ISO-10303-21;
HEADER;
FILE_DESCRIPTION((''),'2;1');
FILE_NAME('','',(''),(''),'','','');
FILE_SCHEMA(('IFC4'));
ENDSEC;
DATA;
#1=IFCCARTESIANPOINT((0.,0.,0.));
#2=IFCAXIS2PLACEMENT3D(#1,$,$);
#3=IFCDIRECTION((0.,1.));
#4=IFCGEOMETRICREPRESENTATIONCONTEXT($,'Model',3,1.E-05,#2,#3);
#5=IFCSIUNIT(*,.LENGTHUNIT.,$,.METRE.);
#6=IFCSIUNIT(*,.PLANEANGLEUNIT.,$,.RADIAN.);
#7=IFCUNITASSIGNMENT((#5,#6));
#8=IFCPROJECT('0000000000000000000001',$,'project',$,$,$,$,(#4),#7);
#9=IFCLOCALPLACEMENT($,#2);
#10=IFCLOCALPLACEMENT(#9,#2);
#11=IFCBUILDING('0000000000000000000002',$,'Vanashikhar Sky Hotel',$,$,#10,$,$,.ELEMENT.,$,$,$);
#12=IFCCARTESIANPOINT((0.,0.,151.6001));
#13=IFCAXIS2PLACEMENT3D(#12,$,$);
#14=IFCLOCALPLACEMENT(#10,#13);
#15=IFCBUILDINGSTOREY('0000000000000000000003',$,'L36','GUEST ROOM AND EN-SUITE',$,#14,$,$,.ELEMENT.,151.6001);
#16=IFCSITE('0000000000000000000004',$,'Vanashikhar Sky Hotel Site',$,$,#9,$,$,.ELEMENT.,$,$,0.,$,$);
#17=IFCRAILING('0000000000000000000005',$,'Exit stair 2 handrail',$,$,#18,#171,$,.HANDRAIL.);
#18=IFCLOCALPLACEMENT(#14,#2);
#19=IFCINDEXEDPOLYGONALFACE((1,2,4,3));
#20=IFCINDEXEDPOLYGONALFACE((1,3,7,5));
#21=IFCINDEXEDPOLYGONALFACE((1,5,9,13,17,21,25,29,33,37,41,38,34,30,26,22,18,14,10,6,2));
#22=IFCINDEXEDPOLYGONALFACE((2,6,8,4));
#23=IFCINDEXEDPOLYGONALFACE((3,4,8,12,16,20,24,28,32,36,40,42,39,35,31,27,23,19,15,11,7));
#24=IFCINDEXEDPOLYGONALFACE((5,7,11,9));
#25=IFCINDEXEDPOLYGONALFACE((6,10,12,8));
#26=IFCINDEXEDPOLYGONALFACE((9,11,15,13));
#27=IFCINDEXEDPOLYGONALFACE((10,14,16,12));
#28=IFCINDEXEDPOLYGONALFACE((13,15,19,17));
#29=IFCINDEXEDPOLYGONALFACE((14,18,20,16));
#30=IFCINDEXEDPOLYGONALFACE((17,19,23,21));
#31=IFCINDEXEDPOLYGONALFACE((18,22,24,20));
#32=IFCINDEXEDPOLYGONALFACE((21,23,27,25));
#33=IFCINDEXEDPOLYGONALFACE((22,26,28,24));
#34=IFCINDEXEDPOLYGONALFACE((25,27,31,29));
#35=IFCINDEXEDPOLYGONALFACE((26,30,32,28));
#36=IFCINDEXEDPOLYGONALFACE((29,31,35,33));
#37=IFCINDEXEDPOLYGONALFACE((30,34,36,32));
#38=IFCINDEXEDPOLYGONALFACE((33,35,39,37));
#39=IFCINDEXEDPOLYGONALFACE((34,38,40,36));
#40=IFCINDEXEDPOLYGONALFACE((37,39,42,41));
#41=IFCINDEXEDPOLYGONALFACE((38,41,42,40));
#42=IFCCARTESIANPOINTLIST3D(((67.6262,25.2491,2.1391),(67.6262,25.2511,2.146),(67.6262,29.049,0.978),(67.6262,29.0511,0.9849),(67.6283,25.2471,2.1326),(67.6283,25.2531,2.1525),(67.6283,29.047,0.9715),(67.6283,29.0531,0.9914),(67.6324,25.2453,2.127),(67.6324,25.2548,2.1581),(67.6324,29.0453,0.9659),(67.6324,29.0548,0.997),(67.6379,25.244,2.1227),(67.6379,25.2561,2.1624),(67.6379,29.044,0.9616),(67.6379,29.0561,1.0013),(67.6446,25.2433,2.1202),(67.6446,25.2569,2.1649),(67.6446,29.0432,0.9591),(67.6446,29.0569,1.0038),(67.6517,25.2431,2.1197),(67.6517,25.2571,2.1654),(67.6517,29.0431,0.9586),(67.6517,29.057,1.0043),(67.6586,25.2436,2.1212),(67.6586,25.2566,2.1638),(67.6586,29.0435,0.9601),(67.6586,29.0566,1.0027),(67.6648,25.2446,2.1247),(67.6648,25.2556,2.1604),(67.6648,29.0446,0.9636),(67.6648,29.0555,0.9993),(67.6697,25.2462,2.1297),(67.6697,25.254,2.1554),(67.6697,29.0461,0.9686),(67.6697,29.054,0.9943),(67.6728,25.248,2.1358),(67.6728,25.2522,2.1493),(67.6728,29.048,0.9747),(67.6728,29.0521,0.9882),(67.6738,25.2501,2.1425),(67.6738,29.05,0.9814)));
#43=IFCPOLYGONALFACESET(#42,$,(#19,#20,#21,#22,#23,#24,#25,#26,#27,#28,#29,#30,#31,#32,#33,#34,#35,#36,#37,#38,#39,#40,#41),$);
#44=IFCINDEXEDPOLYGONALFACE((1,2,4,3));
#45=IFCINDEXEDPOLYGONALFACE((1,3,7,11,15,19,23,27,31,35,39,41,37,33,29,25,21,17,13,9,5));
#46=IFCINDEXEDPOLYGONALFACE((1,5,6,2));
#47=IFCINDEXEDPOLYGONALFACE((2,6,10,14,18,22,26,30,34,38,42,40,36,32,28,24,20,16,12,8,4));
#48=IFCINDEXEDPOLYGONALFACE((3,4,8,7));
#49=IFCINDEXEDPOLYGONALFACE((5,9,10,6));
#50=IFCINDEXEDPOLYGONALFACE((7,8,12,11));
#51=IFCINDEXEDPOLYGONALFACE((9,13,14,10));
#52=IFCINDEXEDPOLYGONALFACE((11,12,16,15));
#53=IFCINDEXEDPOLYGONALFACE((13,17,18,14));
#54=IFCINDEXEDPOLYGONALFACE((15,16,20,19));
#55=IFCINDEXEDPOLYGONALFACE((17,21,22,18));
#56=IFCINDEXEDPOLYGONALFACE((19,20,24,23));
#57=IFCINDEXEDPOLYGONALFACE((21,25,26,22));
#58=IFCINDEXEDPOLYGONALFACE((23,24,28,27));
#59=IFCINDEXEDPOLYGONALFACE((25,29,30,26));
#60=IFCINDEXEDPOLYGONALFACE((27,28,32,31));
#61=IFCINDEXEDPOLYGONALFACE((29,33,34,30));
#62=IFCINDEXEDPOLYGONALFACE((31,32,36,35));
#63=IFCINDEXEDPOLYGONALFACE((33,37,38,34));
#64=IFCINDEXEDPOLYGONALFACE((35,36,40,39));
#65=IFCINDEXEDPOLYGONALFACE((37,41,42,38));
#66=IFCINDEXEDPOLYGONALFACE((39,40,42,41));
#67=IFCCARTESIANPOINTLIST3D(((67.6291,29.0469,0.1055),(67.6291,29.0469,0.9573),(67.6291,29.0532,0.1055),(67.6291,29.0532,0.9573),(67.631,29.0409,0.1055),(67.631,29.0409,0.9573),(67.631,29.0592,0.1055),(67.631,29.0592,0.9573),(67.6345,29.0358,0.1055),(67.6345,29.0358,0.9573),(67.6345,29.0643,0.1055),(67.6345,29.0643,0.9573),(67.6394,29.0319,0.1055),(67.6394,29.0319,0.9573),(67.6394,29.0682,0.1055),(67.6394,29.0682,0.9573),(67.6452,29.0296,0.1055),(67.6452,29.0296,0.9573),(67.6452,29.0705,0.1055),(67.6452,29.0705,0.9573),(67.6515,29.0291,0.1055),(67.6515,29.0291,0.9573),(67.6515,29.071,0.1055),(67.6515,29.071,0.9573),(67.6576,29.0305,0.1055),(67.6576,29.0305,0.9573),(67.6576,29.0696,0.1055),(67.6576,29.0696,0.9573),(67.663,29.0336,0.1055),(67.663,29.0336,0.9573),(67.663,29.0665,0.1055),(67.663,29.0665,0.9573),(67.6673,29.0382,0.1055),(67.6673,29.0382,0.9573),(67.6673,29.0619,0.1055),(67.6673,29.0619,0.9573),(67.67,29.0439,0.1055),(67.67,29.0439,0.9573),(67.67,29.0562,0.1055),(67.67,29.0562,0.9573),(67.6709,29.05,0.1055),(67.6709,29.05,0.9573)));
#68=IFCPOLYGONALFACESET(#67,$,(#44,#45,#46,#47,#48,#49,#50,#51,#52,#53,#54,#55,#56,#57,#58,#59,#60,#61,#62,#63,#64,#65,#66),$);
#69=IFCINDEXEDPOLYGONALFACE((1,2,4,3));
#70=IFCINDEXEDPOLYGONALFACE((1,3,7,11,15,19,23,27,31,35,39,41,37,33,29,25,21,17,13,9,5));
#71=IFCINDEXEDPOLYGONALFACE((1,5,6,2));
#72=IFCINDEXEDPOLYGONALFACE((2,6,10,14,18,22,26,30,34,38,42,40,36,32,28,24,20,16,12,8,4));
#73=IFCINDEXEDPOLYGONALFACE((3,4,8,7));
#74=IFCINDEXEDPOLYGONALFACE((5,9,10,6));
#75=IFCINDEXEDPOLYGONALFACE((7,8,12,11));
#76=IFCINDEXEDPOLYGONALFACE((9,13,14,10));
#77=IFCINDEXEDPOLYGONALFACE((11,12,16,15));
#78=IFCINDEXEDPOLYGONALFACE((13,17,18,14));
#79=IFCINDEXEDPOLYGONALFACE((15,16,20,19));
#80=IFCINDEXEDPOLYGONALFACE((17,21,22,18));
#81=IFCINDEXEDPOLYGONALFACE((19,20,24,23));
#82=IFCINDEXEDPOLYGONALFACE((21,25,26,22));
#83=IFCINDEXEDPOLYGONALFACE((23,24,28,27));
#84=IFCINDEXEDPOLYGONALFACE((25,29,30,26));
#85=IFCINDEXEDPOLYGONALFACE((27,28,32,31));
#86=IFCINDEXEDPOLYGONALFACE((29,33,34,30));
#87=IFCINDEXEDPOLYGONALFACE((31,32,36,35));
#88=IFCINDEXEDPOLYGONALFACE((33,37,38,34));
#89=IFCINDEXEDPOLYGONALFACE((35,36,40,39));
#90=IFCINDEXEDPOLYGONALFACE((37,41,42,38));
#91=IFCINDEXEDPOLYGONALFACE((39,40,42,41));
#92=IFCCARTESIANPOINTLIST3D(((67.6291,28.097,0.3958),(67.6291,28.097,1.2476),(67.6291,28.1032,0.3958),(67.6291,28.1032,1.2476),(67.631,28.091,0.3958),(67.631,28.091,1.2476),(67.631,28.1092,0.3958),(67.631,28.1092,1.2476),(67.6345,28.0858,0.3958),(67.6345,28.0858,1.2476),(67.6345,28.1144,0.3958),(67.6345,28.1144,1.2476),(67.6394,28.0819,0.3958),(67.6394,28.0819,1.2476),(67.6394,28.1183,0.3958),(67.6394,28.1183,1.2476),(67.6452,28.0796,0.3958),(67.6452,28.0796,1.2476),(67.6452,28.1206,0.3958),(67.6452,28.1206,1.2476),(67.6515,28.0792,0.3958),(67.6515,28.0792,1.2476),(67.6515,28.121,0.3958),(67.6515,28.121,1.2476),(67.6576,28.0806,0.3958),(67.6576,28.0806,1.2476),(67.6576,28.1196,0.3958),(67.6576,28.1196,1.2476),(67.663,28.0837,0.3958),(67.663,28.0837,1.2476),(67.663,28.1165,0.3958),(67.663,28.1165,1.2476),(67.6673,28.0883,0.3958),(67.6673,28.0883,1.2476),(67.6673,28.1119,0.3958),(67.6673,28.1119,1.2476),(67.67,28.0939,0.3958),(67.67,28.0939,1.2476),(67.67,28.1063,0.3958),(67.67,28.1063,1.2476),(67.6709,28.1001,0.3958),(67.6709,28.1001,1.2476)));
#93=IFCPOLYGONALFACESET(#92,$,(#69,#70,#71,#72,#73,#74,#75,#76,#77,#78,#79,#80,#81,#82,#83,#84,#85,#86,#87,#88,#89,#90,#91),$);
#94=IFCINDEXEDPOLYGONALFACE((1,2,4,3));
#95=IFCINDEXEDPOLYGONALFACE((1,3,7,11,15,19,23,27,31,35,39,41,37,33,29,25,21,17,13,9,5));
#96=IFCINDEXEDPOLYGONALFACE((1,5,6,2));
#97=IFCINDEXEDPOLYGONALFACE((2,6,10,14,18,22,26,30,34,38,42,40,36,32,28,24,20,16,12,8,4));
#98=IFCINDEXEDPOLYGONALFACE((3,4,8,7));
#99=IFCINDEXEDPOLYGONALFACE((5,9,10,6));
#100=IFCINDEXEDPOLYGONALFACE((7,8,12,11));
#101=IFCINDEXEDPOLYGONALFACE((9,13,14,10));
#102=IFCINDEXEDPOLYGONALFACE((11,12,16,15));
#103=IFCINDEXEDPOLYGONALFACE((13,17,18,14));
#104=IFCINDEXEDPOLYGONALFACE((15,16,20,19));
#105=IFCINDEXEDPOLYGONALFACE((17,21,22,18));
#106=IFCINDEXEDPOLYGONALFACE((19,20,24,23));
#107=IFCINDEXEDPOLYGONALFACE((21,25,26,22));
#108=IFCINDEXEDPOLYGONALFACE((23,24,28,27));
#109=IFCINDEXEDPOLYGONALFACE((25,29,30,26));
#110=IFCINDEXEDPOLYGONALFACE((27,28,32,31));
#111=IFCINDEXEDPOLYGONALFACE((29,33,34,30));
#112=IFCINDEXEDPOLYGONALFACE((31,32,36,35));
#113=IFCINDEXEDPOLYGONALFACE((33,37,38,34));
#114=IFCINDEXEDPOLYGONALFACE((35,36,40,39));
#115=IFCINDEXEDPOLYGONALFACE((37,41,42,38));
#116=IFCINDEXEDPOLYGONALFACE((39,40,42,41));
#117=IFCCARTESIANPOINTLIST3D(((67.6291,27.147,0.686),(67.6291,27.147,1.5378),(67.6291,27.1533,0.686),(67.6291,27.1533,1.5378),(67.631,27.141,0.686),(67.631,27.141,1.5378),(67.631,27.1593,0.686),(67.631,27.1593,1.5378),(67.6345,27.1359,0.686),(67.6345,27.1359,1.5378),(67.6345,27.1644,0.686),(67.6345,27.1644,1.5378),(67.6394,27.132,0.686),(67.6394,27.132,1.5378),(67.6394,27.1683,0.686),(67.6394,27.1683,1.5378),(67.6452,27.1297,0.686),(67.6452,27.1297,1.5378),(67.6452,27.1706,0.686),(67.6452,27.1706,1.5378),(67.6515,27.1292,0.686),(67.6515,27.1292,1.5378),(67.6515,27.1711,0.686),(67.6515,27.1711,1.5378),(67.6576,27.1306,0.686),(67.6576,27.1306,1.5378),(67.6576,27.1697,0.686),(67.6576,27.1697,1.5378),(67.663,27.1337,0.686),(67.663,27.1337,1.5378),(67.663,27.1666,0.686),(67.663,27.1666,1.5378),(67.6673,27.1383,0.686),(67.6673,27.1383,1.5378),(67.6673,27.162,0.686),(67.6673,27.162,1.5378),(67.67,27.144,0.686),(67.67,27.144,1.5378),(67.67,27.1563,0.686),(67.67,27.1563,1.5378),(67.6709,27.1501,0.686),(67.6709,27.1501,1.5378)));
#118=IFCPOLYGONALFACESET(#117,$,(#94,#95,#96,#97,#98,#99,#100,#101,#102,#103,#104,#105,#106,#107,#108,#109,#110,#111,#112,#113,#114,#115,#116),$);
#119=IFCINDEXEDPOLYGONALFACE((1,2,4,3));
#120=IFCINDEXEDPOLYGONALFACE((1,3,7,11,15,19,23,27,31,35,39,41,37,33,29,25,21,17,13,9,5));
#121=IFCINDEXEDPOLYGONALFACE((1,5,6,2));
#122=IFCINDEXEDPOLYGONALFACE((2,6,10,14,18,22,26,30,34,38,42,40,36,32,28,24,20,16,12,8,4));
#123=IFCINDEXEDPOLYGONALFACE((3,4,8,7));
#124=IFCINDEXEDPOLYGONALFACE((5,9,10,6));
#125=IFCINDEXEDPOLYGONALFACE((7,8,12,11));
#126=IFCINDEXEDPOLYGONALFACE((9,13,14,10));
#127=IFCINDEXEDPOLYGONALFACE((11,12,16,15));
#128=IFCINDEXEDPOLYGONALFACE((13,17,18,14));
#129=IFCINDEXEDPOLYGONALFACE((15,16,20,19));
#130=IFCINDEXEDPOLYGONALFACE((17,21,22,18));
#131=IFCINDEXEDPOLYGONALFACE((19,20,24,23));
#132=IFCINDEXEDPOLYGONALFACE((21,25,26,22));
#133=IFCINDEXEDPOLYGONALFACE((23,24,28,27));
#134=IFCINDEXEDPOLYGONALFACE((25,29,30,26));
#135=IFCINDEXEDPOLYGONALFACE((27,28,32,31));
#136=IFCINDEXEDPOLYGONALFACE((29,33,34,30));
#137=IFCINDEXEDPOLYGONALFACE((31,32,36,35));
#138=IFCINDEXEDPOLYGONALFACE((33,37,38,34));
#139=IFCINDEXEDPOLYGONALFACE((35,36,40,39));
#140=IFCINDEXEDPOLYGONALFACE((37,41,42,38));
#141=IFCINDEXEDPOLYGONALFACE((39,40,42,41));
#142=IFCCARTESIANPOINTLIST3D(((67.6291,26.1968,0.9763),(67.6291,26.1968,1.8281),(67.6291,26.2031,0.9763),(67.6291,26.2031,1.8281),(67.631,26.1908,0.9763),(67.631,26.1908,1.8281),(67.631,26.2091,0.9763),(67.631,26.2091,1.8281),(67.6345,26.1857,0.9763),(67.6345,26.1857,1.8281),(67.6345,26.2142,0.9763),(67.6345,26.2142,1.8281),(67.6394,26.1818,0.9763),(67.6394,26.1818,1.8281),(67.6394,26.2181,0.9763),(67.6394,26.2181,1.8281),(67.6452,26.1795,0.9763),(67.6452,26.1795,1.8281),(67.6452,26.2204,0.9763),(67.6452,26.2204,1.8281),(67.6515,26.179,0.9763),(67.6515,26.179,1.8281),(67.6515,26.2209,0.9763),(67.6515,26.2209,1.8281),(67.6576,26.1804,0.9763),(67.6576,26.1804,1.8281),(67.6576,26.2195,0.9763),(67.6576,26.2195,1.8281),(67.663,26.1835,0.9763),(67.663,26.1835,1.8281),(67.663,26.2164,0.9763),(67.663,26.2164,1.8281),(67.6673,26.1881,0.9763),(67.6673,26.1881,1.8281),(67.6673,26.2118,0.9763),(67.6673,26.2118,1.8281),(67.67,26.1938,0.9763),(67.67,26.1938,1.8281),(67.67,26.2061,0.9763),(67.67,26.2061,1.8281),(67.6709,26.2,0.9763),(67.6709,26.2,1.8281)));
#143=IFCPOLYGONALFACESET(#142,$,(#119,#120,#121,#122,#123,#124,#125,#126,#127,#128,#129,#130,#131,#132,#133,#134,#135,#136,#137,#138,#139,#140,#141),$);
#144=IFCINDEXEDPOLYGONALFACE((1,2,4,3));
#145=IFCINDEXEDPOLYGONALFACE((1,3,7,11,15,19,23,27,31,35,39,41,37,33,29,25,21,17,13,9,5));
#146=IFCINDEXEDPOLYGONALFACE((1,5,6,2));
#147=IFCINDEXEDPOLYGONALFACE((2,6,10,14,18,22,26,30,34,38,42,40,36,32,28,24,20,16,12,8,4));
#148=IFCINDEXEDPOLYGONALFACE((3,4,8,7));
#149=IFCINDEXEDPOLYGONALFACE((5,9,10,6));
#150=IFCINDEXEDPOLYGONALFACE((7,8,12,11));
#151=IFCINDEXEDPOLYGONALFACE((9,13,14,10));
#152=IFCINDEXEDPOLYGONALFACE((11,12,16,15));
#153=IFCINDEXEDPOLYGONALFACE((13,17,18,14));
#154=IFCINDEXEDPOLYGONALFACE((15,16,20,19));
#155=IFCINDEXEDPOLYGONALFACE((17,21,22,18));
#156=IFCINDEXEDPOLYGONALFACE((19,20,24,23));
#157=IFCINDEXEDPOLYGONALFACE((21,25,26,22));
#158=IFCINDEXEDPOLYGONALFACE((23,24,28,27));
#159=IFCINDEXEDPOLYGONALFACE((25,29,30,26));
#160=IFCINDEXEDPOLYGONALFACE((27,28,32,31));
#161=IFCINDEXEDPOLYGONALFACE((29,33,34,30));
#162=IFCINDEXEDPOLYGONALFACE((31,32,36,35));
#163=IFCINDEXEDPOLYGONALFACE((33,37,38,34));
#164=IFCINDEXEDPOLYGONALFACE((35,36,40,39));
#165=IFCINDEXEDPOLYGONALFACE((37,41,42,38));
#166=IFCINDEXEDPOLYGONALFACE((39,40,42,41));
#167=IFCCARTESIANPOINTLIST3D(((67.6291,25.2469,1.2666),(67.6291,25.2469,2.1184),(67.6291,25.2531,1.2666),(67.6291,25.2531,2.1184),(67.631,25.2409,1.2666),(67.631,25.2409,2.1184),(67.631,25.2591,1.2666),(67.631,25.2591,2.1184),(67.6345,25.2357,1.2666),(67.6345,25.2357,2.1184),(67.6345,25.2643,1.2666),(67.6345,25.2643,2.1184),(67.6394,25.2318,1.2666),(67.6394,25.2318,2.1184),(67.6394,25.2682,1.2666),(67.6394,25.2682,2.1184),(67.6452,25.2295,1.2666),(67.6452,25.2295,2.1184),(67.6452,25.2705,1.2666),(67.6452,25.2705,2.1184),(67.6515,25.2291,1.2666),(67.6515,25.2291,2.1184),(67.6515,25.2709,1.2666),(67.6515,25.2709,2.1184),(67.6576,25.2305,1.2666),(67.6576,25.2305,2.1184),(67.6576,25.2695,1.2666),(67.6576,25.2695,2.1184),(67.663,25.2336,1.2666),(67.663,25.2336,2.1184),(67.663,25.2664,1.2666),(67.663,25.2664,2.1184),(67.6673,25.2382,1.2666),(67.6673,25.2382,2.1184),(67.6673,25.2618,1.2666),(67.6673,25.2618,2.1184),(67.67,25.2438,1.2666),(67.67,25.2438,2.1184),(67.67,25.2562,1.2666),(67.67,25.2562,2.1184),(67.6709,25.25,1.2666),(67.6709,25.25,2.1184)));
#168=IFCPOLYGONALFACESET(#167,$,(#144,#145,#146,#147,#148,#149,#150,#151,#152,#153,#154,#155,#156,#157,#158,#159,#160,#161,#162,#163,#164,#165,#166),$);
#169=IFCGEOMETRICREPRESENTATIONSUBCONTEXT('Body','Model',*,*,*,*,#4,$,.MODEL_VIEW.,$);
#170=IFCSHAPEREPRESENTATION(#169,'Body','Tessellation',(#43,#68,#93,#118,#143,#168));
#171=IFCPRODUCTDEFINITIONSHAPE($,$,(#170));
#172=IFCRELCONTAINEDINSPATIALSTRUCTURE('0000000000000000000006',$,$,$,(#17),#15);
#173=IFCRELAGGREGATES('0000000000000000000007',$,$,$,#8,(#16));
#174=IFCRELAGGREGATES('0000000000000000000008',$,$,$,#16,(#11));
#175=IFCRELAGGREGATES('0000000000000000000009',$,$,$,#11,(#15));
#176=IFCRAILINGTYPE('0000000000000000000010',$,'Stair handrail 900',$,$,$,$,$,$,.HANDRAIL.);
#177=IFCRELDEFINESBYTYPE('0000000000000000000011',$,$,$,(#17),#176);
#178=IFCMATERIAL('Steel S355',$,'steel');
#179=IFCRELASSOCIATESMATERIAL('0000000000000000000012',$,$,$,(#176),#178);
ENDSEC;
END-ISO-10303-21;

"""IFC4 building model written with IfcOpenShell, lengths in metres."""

from ifc_helpers import new_model, si_unit, direction, frame, origin, origin_2d, place, context, subcontext, project, spatial, circle, extrude, source, transform, mapped, material, type_object, element, save


model = new_model("IFC4")

# Units and contexts
model_context = context("Model", 3, precision=1e-05, world=origin(), true_north=direction((0.0, 1.0)))
body_context = subcontext(model_context, "Body", "Model", "MODEL_VIEW")
ifc_project = project(units=[si_unit("LENGTHUNIT", "METRE"), si_unit("PLANEANGLEUNIT", "RADIAN")], contexts=[model_context])

# Site, building, storey
site_placement = place(None, origin())
site = spatial("IfcSite", under=ifc_project, at=site_placement, Name="Vanashikhar Sky Hotel Site", CompositionType="ELEMENT", RefElevation=0.0)
building_placement = place(site_placement, origin())
building = spatial("IfcBuilding", under=site, at=building_placement, Name="Vanashikhar Sky Hotel", CompositionType="ELEMENT")
storey_placement = place(building_placement, frame((0.0, 0.0, 151.6001)))
storey = spatial("IfcBuildingStorey", under=building, at=storey_placement, Name="L36", Description="GUEST ROOM AND EN-SUITE", CompositionType="ELEMENT", Elevation=151.6001)

# Railing
ifc_material_1 = material(Name="Steel S355", Category="steel")
railing_type = type_object("IfcRailingType", Name="Stair handrail 900", PredefinedType="HANDRAIL", material=ifc_material_1)
shared_shape_1 = source(origin(), body_context, "Body", "SweptSolid", [
    extrude(circle(Radius=0.0239, at=origin_2d()), frame((0.0, 0.0, 0.876), z_axis=(0.0, -0.956351, 0.29222), x_axis=(1.0, 0.0, 0.0)), (0.0, 0.0, 1.0), 3.9734),
    extrude(circle(Radius=0.021, at=origin_2d()), origin(), (0.0, 0.0, 1.0), 0.8518),
    extrude(circle(Radius=0.021, at=origin_2d()), frame((0.0, -0.95, 0.2903)), (0.0, 0.0, 1.0), 0.8518),
    extrude(circle(Radius=0.021, at=origin_2d()), frame((0.0, -1.8999, 0.5806)), (0.0, 0.0, 1.0), 0.8518),
    extrude(circle(Radius=0.021, at=origin_2d()), frame((0.0, -2.8501, 0.8708)), (0.0, 0.0, 1.0), 0.8518),
    extrude(circle(Radius=0.021, at=origin_2d()), frame((0.0, -3.8, 1.1611)), (0.0, 0.0, 1.0), 0.8518),
])
railing_placement = place(storey_placement, frame((67.6499, 29.05, 0.1055)))
element("IfcRailing", 1, at=railing_placement, inside=storey, type_object=railing_type, Name="Exit stair 2 handrail", PredefinedType="HANDRAIL", context=body_context, shape_type="MappedRepresentation", body=[
    mapped(shared_shape_1, transform((0.0, 0.0, 0.0), scale=1.0)),
])

save(model, "model.ifc")
